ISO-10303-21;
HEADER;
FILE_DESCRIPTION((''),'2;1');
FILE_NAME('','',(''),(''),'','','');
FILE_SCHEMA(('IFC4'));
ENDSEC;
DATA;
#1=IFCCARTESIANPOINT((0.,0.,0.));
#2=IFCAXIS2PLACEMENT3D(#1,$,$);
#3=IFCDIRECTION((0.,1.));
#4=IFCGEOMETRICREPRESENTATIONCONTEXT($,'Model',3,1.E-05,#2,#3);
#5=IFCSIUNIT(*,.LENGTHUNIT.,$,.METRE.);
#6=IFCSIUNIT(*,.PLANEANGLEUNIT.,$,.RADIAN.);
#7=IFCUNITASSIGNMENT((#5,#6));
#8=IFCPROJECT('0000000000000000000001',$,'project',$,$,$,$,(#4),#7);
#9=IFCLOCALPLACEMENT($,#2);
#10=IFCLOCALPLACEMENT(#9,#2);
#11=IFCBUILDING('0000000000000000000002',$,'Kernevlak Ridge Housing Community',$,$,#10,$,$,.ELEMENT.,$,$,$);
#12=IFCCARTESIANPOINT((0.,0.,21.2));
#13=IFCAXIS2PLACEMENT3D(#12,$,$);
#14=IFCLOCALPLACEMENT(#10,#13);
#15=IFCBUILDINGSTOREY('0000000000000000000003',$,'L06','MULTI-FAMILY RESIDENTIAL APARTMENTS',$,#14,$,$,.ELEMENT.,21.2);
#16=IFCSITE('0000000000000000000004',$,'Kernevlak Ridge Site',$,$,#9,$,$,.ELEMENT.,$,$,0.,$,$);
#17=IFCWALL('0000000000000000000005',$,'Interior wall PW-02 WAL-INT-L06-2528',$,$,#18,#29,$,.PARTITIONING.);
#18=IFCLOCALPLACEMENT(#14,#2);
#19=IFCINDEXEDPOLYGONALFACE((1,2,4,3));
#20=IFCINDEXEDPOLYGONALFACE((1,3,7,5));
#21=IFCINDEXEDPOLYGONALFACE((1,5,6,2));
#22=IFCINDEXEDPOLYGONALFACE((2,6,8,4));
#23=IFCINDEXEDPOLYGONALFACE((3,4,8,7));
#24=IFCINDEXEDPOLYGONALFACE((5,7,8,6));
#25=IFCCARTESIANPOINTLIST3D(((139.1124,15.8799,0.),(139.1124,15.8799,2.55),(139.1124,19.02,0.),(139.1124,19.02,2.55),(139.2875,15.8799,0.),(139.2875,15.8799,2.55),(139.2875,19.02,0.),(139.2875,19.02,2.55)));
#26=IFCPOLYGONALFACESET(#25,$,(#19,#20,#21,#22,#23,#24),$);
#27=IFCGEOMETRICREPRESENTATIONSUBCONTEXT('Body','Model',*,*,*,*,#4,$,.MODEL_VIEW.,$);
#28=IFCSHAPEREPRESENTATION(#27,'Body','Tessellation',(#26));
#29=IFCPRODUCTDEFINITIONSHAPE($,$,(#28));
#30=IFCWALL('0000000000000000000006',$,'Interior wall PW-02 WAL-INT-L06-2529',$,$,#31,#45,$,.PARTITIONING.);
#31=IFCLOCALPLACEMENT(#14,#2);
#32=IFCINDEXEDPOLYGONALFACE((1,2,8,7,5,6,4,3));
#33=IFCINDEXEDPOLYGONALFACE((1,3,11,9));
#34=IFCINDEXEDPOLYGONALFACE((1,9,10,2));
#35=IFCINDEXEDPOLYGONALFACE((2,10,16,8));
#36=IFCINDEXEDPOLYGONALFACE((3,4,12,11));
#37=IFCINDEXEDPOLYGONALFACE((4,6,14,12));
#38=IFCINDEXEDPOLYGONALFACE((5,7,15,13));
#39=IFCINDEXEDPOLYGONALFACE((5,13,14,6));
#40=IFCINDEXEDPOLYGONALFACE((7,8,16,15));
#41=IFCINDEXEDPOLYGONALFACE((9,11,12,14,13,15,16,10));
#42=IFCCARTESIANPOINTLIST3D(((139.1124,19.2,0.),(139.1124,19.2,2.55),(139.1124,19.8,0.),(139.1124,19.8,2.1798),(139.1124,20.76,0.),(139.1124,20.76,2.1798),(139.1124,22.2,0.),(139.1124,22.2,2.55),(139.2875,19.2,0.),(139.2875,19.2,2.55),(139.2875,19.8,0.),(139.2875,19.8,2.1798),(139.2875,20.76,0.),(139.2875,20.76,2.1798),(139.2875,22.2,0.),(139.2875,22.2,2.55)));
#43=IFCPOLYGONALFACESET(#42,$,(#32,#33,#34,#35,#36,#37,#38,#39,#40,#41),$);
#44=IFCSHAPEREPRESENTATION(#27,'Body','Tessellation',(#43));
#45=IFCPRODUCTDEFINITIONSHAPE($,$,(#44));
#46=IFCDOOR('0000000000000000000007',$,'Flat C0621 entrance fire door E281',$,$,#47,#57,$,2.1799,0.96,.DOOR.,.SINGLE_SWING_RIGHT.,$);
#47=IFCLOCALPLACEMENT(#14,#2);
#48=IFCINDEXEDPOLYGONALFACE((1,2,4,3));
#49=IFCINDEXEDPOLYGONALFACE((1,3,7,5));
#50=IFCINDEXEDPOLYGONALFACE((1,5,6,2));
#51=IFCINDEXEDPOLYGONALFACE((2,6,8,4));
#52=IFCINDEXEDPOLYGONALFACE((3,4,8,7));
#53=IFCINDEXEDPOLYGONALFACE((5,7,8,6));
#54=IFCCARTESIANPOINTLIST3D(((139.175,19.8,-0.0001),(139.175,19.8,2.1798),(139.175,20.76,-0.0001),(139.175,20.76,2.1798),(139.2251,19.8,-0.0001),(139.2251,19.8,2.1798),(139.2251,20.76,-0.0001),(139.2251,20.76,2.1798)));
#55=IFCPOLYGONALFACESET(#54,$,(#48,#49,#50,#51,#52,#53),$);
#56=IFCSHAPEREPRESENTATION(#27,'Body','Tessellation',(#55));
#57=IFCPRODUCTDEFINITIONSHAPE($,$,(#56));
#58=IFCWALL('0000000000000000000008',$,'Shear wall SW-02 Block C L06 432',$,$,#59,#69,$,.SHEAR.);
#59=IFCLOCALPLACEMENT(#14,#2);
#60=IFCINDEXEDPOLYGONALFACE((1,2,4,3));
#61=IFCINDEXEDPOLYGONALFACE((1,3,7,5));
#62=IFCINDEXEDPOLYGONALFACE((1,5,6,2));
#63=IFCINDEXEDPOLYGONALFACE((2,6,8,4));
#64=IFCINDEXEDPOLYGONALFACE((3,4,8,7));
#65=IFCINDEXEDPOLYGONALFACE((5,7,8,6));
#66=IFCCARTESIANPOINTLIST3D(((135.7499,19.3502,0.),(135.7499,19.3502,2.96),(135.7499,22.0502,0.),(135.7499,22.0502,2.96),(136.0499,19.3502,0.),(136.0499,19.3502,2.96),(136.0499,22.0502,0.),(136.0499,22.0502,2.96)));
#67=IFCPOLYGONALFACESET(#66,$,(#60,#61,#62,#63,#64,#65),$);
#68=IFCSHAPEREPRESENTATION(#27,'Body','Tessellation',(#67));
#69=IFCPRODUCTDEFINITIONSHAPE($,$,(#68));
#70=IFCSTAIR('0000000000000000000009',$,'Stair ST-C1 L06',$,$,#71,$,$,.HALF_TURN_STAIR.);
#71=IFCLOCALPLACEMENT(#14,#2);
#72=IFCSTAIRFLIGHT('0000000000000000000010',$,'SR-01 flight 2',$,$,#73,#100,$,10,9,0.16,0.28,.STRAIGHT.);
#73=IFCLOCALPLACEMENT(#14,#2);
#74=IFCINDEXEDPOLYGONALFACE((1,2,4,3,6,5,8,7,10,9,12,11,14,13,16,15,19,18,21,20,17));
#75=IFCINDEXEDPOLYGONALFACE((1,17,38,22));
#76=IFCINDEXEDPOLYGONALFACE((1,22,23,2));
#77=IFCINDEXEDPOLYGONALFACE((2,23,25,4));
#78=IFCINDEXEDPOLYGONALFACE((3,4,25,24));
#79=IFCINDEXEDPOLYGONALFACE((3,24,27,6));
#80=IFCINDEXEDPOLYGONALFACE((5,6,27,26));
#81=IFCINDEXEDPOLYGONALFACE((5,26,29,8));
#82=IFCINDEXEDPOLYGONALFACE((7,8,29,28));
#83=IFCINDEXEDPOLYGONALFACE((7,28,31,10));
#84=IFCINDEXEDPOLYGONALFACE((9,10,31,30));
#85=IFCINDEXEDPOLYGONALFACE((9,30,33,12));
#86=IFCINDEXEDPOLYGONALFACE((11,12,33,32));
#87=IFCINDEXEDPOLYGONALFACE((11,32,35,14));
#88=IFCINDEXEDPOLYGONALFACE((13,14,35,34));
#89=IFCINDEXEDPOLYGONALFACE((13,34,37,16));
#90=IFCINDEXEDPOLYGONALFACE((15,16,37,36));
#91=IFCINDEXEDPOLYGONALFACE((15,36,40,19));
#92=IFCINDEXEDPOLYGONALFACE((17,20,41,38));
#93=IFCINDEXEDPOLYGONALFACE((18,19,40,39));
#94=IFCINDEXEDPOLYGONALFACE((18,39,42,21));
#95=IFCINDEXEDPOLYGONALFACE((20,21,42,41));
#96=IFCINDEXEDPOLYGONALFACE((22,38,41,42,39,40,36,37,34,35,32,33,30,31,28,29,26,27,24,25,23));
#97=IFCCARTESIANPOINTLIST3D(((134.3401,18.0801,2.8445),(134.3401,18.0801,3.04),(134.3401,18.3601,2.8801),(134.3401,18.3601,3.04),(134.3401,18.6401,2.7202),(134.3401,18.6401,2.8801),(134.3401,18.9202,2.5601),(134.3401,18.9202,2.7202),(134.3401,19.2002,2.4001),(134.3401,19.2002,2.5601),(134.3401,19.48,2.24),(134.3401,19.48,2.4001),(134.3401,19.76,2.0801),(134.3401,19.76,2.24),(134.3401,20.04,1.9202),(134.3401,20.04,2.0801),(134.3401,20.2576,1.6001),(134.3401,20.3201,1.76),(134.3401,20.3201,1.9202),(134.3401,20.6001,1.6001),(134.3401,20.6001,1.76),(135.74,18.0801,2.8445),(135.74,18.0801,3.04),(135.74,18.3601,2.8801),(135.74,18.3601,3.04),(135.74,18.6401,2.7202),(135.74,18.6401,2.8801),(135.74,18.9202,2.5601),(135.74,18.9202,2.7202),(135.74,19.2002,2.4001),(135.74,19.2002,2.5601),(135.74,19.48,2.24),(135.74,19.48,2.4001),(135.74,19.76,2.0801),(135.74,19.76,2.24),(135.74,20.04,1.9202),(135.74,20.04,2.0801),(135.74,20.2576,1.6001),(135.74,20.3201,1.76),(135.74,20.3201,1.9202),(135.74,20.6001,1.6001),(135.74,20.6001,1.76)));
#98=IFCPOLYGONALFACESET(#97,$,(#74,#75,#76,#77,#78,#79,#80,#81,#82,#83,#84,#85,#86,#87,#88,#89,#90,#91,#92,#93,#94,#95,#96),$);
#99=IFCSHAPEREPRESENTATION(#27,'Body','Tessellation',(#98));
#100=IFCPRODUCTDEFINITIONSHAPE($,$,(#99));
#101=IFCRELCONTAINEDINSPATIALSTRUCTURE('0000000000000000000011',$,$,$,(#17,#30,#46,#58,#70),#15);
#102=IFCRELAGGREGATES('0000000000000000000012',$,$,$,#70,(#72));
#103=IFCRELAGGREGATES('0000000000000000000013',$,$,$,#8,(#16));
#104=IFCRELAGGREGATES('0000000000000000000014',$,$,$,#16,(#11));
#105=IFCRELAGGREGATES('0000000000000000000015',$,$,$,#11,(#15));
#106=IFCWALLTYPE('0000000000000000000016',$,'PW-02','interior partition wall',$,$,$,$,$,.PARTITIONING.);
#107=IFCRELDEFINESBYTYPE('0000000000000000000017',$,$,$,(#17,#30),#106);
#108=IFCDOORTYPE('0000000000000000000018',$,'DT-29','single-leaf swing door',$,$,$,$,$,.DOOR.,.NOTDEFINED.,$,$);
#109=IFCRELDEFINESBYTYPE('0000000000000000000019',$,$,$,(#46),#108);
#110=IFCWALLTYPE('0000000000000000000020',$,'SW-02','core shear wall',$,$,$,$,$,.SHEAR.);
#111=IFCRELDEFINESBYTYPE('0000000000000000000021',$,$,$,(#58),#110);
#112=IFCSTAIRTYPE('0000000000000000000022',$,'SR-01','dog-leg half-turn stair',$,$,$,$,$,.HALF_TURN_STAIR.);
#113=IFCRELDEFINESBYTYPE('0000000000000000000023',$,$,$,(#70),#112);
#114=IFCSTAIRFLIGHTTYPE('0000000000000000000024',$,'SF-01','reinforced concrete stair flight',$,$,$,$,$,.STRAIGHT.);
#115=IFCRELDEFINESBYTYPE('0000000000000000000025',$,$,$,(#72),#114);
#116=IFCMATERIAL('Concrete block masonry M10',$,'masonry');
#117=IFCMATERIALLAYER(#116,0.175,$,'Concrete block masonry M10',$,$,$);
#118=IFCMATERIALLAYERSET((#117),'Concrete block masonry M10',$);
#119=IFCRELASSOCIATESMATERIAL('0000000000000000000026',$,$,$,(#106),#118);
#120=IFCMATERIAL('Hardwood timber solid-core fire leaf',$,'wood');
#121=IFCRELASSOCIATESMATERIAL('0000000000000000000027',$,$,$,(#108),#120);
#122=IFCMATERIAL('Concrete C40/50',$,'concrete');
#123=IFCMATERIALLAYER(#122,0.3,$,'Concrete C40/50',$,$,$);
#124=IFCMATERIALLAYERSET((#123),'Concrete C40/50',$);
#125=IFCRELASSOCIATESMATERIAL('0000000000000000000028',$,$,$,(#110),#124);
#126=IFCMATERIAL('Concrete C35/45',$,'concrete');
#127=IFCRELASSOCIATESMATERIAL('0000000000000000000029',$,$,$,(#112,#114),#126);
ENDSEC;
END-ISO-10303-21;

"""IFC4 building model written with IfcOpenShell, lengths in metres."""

from ifc_helpers import new_model, si_unit, direction, frame, frame_2d, origin, place, context, subcontext, project, spatial, polyline, rectangle, outline, extrude, material, layer, layer_set, type_object, element, fill, aggregate, save


model = new_model("IFC4")

# Units and contexts
model_context = context("Model", 3, precision=1e-05, world=origin(), true_north=direction((0.0, 1.0)))
body_context = subcontext(model_context, "Body", "Model", "MODEL_VIEW")
ifc_project = project(units=[si_unit("LENGTHUNIT", "METRE"), si_unit("PLANEANGLEUNIT", "RADIAN")], contexts=[model_context])

# Site, building, storey
site_placement = place(None, origin())
site = spatial("IfcSite", under=ifc_project, at=site_placement, Name="Kernevlak Ridge Site", CompositionType="ELEMENT", RefElevation=0.0)
building_placement = place(site_placement, origin())
building = spatial("IfcBuilding", under=site, at=building_placement, Name="Kernevlak Ridge Housing Community", CompositionType="ELEMENT")
storey_placement = place(building_placement, frame((0.0, 0.0, 21.2)))
storey = spatial("IfcBuildingStorey", under=building, at=storey_placement, Name="L06", Description="MULTI-FAMILY RESIDENTIAL APARTMENTS", CompositionType="ELEMENT", Elevation=21.2)

# Shared definitions
ifc_material_1 = material(Name="Concrete C35/45", Category="concrete")

# Shared definitions
ifc_material_2 = material(Name="Concrete block masonry M10", Category="masonry")
ifc_layer_1 = layer(ifc_material_2, 0.175, Name="Concrete block masonry M10")
ifc_layer_set_1 = layer_set([ifc_layer_1], Name="Concrete block masonry M10")
wall_type_1 = type_object("IfcWallType", Name="PW-02", Description="interior partition wall", PredefinedType="PARTITIONING", material=ifc_layer_set_1)

# Wall
wall_1_placement = place(storey_placement, frame((139.2, 15.8799, 0.0), z_axis=(0.0, 0.0, 1.0), x_axis=(0.0, 1.0, 0.0)))
element("IfcWall", 1, at=wall_1_placement, inside=storey, type_object=wall_type_1, Name="Interior wall PW-02 WAL-INT-L06-2528", PredefinedType="PARTITIONING", context=body_context, shape_type="SweptSolid", body=[
    extrude(rectangle(XDim=3.1401, YDim=0.175, at=frame_2d((1.5701, 0.0))), origin(), (0.0, 0.0, 1.0), 2.55),
])

# Wall, opening, door
wall_2_placement = place(storey_placement, frame((139.2, 19.2, 0.0), z_axis=(0.0, 0.0, 1.0), x_axis=(0.0, 1.0, 0.0)))
wall_2 = element("IfcWall", 2, at=wall_2_placement, inside=storey, type_object=wall_type_1, Name="Interior wall PW-02 WAL-INT-L06-2529", PredefinedType="PARTITIONING", context=body_context, shape_type="SweptSolid", body=[
    extrude(rectangle(XDim=3.0, YDim=0.175, at=frame_2d((1.5, 0.0))), origin(), (0.0, 0.0, 1.0), 2.55),
])
opening_1_placement = place(wall_2_placement, frame((0.6001, 0.0, 0.0)))
opening_1 = element("IfcOpeningElement", 3, at=opening_1_placement, cuts=wall_2, PredefinedType="OPENING", context=body_context, shape_type="SweptSolid", body=[
    extrude(rectangle(XDim=0.96, YDim=2.1799, at=frame_2d((0.48, 1.0898))), frame((0.0, 0.0974, 0.0), z_axis=(0.0, -1.0, 0.0), x_axis=(1.0, 0.0, 0.0)), (0.0, 0.0, 1.0), 0.1951),
])
ifc_material_3 = material(Name="Hardwood timber solid-core fire leaf", Category="wood")
door_type_1 = type_object("IfcDoorType", Name="DT-29", Description="single-leaf swing door", OperationType="NOTDEFINED", PredefinedType="DOOR", material=ifc_material_3)
door_1_placement = place(opening_1_placement, origin())
door_1 = element("IfcDoor", 4, at=door_1_placement, inside=storey, type_object=door_type_1, Name="Flat C0621 entrance fire door E281", OperationType="SINGLE_SWING_RIGHT", OverallHeight=2.1799, OverallWidth=0.96, PredefinedType="DOOR", context=body_context, shape_type="SweptSolid", body=[
    extrude(rectangle(XDim=0.96, YDim=2.1799, at=frame_2d((0.48, 1.0898))), frame((0.0, 0.0249, 0.0), z_axis=(0.0, -1.0, 0.0), x_axis=(1.0, 0.0, 0.0)), (0.0, 0.0, 1.0), 0.05),
])
fill(opening_1, door_1)

# Wall
ifc_material_4 = material(Name="Concrete C40/50", Category="concrete")
ifc_layer_2 = layer(ifc_material_4, 0.3, Name="Concrete C40/50")
ifc_layer_set_2 = layer_set([ifc_layer_2], Name="Concrete C40/50")
wall_type_2 = type_object("IfcWallType", Name="SW-02", Description="core shear wall", PredefinedType="SHEAR", material=ifc_layer_set_2)
wall_3_placement = place(storey_placement, frame((135.8999, 19.3501, 0.0), z_axis=(0.0, 0.0, 1.0), x_axis=(0.0, 1.0, 0.0)))
element("IfcWall", 5, at=wall_3_placement, inside=storey, type_object=wall_type_2, Name="Shear wall SW-02 Block C L06 432", PredefinedType="SHEAR", context=body_context, shape_type="SweptSolid", body=[
    extrude(rectangle(XDim=2.7, YDim=0.3, at=frame_2d((1.3501, 0.0))), origin(), (0.0, 0.0, 1.0), 2.96),
])

# Stair, stair flight
stair_type = type_object("IfcStairType", Name="SR-01", Description="dog-leg half-turn stair", PredefinedType="HALF_TURN_STAIR", material=ifc_material_1)
stair_placement = place(storey_placement, origin())
stair = element("IfcStair", 6, at=stair_placement, inside=storey, type_object=stair_type, Name="Stair ST-C1 L06", PredefinedType="HALF_TURN_STAIR")
stair_flight_type = type_object("IfcStairFlightType", Name="SF-01", Description="reinforced concrete stair flight", PredefinedType="STRAIGHT", material=ifc_material_1)
stair_flight_placement = place(storey_placement, frame((135.04, 20.6001, 1.6001), z_axis=(0.0, 0.0, 1.0), x_axis=(0.0, -1.0, 0.0)))
stair_flight = element("IfcStairFlight", 7, at=stair_flight_placement, type_object=stair_flight_type, Name="SR-01 flight 2", NumberOfRisers=10, NumberOfTreads=9, PredefinedType="STRAIGHT", RiserHeight=0.16, TreadLength=0.28, context=body_context, shape_type="SweptSolid", body=[
    extrude(outline(polyline([(0.0, 0.0), (0.0, 0.1599), (0.28, 0.1599), (0.28, 0.3201), (0.5601, 0.3201), (0.5601, 0.48), (0.8401, 0.48), (0.8401, 0.6399), (1.1201, 0.6399), (1.1201, 0.8), (1.3999, 0.8), (1.3999, 0.96), (1.6799, 0.96), (1.6799, 1.1201), (1.96, 1.1201), (1.96, 1.28), (2.24, 1.28), (2.24, 1.4399), (2.52, 1.4399), (2.52, 1.6001), (2.52, 1.2444), (0.3425, 0.0), (0.0, 0.0)])), frame((0.0, 0.7, 0.0), z_axis=(0.0, -1.0, 0.0), x_axis=(1.0, 0.0, 0.0)), (0.0, 0.0, 1.0), 1.3999),
])
aggregate(stair, [stair_flight])

save(model, "model.ifc")
